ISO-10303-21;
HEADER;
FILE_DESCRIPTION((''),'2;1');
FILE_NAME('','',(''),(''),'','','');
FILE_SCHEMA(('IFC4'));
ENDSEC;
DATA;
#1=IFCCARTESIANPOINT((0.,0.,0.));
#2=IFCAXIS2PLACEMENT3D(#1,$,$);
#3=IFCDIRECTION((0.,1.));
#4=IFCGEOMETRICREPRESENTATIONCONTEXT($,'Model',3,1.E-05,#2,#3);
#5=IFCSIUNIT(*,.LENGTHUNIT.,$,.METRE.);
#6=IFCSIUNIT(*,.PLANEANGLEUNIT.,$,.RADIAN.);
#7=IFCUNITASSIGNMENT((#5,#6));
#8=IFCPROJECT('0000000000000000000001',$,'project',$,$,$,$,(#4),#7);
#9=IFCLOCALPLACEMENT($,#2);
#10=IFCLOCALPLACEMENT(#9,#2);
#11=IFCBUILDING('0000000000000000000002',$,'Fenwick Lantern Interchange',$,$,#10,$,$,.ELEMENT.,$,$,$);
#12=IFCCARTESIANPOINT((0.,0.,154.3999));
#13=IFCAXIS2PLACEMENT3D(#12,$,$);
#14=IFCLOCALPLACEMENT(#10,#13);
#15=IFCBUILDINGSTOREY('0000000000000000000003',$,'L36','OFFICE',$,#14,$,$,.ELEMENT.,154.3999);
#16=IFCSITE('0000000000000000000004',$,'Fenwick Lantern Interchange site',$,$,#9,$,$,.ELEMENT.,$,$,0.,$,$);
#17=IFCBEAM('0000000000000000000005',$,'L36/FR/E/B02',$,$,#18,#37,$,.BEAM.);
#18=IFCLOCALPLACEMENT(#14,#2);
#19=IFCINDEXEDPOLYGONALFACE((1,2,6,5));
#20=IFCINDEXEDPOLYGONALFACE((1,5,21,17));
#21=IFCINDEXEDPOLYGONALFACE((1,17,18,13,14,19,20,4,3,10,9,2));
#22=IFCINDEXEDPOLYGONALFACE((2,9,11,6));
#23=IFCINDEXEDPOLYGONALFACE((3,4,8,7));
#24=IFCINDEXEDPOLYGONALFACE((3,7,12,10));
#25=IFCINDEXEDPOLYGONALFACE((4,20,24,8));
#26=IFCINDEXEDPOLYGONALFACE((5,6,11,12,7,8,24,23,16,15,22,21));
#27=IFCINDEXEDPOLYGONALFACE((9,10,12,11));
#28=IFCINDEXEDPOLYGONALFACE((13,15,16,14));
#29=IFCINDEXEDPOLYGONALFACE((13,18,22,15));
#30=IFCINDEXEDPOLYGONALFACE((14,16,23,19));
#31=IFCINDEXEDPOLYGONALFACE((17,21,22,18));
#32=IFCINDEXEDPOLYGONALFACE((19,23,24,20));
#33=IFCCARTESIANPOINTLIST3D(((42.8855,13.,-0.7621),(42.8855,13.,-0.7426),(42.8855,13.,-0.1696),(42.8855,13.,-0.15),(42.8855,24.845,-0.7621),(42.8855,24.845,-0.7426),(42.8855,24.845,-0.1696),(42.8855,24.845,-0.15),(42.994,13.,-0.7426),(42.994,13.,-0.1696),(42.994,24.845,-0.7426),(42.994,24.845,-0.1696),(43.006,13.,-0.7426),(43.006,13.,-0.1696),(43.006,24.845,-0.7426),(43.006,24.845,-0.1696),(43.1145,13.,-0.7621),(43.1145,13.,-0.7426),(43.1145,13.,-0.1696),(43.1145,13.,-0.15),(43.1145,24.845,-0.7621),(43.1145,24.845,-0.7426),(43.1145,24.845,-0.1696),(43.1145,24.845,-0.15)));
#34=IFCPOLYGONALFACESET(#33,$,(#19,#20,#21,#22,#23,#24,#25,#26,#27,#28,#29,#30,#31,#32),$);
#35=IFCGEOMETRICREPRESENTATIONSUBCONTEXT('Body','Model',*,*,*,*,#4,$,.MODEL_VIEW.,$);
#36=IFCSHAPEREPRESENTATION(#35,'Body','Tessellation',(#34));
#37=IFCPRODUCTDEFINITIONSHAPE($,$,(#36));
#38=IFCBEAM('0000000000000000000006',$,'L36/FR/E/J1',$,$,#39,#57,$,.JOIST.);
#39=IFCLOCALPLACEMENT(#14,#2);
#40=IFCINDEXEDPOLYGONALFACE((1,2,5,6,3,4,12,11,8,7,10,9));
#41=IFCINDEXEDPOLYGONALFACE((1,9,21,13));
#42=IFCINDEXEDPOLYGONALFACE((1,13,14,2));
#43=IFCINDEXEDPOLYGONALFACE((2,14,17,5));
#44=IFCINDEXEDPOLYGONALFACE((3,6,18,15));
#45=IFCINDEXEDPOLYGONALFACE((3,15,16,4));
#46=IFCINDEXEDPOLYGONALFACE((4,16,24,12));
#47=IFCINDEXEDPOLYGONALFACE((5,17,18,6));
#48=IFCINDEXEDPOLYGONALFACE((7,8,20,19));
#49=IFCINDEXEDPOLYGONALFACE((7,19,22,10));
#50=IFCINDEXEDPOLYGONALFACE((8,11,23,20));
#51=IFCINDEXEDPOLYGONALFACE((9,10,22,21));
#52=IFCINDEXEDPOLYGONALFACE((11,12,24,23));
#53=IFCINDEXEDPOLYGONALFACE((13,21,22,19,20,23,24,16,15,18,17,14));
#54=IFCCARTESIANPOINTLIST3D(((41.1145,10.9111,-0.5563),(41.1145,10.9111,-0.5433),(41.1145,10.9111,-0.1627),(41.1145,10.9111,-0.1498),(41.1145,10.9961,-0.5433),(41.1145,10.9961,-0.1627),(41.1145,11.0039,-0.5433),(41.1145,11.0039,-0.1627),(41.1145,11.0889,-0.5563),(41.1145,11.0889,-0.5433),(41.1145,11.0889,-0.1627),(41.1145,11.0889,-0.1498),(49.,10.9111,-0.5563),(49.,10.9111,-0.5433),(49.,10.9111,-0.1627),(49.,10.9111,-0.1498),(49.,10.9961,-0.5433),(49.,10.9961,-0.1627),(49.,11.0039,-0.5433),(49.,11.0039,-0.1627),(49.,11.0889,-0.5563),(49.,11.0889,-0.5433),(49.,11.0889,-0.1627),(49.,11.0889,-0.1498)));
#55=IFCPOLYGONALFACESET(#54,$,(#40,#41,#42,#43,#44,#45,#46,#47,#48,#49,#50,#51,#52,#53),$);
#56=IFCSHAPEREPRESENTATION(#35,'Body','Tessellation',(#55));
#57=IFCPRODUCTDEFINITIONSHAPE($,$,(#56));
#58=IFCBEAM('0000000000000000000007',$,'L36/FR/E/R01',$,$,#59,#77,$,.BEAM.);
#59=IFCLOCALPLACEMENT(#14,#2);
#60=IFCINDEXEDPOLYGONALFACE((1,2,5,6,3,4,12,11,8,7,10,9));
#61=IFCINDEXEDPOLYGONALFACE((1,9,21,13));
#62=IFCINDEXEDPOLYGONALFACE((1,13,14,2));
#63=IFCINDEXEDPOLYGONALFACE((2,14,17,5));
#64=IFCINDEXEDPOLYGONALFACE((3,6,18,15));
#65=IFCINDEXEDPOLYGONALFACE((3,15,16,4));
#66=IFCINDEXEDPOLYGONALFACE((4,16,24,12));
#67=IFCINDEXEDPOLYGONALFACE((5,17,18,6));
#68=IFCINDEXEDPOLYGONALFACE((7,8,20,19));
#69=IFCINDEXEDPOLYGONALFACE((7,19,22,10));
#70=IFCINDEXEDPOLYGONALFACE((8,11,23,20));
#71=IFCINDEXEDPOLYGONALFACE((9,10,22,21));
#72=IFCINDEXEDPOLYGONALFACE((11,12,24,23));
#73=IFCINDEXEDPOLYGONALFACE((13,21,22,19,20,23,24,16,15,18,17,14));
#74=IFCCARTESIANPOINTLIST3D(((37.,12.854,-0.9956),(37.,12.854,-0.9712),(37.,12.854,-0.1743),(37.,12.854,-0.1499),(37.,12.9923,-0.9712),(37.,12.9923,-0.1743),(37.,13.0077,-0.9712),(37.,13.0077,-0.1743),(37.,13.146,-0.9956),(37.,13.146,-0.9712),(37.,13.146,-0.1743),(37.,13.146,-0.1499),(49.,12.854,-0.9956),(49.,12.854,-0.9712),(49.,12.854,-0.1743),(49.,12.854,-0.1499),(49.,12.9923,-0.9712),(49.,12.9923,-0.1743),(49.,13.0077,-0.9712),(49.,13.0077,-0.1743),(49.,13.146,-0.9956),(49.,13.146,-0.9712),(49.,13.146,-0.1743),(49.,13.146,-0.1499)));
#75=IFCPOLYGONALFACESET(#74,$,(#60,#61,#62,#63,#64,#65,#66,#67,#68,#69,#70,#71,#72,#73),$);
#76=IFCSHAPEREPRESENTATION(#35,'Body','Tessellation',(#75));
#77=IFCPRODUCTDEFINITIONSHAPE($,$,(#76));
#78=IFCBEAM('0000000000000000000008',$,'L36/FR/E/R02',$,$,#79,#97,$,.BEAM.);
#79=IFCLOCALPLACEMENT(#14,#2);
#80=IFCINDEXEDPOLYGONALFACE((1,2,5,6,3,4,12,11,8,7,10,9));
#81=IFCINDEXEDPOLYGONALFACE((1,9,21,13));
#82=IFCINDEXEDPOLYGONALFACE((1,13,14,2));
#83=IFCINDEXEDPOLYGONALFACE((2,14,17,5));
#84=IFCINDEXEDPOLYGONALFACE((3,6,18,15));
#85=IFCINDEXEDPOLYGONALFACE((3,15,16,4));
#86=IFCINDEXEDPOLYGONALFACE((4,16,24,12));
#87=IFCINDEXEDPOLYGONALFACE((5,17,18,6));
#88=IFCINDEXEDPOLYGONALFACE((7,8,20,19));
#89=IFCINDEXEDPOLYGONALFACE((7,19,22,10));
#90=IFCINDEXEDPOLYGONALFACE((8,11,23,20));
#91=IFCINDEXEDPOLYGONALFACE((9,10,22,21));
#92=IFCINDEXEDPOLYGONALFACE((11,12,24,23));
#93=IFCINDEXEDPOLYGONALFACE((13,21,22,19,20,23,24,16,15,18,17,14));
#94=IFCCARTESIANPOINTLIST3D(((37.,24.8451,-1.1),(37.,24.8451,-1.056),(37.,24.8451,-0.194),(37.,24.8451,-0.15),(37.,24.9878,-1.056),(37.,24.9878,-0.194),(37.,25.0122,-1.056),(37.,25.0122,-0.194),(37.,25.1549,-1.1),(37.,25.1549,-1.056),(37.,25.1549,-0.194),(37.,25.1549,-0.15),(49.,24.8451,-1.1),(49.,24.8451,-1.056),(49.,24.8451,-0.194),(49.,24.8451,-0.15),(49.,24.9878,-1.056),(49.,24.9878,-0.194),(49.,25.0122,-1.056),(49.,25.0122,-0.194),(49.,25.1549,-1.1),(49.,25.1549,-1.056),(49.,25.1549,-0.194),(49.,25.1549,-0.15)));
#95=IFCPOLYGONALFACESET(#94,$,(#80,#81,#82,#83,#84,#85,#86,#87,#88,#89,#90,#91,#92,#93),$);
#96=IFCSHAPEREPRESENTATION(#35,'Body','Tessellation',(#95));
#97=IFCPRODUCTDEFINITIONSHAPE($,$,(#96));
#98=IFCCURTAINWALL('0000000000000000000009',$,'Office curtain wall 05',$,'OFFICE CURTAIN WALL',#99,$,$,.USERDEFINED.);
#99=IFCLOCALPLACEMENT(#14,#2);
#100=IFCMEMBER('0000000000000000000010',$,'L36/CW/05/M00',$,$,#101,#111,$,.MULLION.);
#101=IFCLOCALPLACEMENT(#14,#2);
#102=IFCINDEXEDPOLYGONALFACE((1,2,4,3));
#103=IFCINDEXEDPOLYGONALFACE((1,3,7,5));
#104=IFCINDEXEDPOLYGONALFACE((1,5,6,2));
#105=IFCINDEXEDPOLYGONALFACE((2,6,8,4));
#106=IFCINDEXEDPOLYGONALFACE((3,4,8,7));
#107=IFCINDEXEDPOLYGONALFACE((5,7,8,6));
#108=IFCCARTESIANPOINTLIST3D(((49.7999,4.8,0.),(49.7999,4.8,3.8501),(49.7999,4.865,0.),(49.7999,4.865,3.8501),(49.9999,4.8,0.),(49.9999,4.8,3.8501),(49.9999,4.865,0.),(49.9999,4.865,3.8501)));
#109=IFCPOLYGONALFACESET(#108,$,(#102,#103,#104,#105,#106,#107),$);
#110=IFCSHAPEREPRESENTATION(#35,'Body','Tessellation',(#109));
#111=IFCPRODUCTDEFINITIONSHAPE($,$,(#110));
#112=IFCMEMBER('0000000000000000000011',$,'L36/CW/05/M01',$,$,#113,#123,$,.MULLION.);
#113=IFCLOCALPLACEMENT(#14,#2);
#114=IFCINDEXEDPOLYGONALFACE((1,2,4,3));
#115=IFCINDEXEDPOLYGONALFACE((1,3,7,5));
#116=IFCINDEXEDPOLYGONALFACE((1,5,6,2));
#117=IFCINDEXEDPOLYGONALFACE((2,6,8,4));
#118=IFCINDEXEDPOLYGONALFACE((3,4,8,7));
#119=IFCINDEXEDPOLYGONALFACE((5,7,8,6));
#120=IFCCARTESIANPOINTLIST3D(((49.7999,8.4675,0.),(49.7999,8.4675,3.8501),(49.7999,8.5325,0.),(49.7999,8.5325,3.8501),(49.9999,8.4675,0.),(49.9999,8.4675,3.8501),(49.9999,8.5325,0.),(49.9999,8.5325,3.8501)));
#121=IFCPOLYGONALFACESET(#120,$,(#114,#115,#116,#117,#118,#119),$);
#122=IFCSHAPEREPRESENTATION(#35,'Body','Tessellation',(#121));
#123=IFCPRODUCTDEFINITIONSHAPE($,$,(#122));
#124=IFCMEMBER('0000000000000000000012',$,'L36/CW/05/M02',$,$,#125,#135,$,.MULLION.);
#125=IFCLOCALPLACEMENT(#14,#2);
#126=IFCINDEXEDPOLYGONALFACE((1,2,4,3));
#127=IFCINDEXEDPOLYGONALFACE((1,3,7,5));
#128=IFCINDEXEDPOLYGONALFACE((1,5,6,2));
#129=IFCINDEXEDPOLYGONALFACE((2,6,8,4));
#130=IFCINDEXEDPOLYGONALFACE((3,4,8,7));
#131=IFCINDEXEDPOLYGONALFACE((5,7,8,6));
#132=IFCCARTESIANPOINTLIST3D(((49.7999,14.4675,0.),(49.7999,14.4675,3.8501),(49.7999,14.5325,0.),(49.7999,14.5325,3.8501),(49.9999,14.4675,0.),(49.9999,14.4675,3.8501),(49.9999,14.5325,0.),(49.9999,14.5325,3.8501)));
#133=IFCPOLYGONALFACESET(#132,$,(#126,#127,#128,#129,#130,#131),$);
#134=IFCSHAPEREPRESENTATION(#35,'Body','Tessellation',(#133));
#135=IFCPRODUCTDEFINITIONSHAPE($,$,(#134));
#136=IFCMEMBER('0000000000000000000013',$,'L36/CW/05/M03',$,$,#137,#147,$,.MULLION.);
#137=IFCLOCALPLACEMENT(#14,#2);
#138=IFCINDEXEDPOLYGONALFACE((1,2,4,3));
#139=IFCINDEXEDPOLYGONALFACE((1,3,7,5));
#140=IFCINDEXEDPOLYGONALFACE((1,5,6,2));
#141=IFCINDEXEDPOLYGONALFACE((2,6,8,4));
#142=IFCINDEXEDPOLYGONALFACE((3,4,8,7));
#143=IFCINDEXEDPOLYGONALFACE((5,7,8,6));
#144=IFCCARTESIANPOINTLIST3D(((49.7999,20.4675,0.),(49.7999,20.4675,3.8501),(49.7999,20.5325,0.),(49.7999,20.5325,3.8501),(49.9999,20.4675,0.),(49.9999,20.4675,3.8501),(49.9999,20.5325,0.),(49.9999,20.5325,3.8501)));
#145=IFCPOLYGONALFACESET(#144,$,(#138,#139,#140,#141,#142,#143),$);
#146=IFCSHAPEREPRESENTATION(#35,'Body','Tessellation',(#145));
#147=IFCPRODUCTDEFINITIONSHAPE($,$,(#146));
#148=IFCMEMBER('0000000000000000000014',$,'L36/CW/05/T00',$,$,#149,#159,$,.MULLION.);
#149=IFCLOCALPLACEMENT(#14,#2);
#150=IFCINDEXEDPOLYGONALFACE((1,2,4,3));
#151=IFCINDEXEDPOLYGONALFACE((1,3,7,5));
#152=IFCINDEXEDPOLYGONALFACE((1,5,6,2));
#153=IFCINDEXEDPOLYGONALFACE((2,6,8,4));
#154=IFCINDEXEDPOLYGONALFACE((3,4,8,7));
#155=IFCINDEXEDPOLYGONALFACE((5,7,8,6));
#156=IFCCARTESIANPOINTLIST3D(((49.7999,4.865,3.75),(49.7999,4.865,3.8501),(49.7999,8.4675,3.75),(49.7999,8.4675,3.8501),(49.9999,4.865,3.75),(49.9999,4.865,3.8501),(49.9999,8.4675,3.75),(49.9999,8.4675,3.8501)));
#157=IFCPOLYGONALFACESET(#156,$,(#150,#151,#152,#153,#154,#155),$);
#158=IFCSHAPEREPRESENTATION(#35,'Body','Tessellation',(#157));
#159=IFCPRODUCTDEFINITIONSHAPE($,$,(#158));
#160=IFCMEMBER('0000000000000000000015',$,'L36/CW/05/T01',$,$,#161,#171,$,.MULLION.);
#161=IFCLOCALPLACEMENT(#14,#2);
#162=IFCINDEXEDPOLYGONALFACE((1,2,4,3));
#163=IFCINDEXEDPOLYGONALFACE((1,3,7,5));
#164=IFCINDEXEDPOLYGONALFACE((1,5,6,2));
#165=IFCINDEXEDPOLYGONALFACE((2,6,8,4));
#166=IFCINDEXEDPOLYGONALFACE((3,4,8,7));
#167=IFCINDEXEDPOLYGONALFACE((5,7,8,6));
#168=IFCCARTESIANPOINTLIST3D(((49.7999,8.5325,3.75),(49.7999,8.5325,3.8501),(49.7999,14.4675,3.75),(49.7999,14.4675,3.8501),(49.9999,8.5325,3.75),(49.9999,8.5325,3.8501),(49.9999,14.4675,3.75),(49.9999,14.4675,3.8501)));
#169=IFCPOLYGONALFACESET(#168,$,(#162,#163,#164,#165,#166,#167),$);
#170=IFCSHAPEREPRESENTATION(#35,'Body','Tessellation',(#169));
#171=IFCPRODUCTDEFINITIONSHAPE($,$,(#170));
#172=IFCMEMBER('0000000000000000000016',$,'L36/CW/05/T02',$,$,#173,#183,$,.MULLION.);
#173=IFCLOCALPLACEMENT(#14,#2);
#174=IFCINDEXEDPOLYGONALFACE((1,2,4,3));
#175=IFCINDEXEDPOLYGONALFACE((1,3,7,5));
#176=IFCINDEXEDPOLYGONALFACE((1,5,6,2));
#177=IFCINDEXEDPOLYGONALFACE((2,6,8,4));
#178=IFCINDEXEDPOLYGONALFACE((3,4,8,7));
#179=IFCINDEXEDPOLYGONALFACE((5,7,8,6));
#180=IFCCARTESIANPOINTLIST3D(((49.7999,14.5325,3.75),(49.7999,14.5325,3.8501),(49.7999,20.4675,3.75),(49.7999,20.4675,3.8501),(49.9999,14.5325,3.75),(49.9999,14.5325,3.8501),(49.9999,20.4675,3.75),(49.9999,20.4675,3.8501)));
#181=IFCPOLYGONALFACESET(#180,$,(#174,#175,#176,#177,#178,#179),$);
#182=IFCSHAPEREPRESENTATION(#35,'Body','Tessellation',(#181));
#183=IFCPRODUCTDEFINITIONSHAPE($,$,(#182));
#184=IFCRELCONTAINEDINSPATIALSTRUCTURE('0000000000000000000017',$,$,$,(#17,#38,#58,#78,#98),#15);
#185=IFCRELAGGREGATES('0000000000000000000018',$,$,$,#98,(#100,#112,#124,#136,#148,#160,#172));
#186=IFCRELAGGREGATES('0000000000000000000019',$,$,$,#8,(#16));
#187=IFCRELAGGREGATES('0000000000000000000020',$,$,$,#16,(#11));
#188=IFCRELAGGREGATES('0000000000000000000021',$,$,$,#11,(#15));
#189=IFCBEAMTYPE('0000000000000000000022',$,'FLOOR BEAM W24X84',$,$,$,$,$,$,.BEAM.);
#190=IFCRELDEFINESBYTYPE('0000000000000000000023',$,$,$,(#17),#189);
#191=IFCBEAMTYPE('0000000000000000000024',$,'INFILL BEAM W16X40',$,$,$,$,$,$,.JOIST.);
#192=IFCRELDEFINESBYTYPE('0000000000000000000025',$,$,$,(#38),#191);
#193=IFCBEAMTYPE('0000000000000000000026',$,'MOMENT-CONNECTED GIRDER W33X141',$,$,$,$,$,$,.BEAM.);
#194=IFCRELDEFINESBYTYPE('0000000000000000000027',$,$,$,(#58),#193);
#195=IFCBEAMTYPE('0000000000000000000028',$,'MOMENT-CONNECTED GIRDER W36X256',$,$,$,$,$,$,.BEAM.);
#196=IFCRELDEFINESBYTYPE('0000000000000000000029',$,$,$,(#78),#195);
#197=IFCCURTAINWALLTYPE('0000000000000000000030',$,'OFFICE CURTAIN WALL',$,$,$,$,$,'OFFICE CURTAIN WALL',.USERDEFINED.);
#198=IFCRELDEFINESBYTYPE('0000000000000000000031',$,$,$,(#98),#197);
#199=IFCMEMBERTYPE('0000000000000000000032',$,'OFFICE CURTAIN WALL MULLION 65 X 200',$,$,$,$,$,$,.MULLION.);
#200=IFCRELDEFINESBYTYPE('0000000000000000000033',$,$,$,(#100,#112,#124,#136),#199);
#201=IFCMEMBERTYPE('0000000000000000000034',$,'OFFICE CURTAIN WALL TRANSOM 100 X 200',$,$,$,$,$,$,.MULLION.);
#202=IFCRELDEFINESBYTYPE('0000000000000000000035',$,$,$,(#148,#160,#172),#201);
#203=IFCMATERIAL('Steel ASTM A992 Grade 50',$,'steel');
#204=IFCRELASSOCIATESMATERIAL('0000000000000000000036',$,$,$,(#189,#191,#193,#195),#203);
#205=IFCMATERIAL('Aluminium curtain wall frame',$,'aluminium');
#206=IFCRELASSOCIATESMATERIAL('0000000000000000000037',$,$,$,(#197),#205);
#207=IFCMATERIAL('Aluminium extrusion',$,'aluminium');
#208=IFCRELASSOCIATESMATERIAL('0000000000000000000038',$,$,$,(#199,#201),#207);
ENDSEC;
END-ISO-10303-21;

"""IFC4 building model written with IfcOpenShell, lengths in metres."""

from ifc_helpers import new_model, si_unit, direction, frame, origin, origin_2d, place, context, subcontext, project, spatial, rectangle, i_section, extrude, material, material_profile, profile_set, type_object, element, aggregate, save


model = new_model("IFC4")

# Units and contexts
model_context = context("Model", 3, precision=1e-05, world=origin(), true_north=direction((0.0, 1.0)))
body_context = subcontext(model_context, "Body", "Model", "MODEL_VIEW")
ifc_project = project(units=[si_unit("LENGTHUNIT", "METRE"), si_unit("PLANEANGLEUNIT", "RADIAN")], contexts=[model_context])

# Site, building, storey
site_placement = place(None, origin())
site = spatial("IfcSite", under=ifc_project, at=site_placement, Name="Fenwick Lantern Interchange site", CompositionType="ELEMENT", RefElevation=0.0)
building_placement = place(site_placement, origin())
building = spatial("IfcBuilding", under=site, at=building_placement, Name="Fenwick Lantern Interchange", CompositionType="ELEMENT")
storey_placement = place(building_placement, frame((0.0, 0.0, 154.3999)))
storey = spatial("IfcBuildingStorey", under=building, at=storey_placement, Name="L36", Description="OFFICE", CompositionType="ELEMENT", Elevation=154.3999)

# Shared definitions
ifc_material_1 = material(Name="Steel ASTM A992 Grade 50", Category="steel")

# Beams
ifc_material_profile_1 = material_profile(ifc_material_1, i_section(OverallWidth=0.229, OverallDepth=0.6121, WebThickness=0.012, FlangeThickness=0.0195, at=origin_2d()), Name="W24X84")
ifc_profile_set_1 = profile_set([ifc_material_profile_1], Name="Steel ASTM A992 Grade 50")
beam_type_1 = type_object("IfcBeamType", Name="FLOOR BEAM W24X84", PredefinedType="BEAM", material=ifc_profile_set_1)
for number, where, z_axis, x_axis, name in (
    (1, (43.0, 13.0, -0.4561), (0.0, 1.0, 0.0), (-1.0, 0.0, 0.0), "L36/FR/E/B02"),
):
    element("IfcBeam", number, at=place(storey_placement, frame(where, z_axis=z_axis, x_axis=x_axis)), inside=storey, type_object=beam_type_1, Name=name, PredefinedType="BEAM", context=body_context, shape_type="SweptSolid", body=[
        extrude(i_section(OverallWidth=0.229, OverallDepth=0.6121, WebThickness=0.012, FlangeThickness=0.0195, at=origin_2d()), origin(), (0.0, 0.0, 1.0), 11.845),
    ])
ifc_material_profile_2 = material_profile(ifc_material_1, i_section(OverallWidth=0.1777, OverallDepth=0.4065, WebThickness=0.0078, FlangeThickness=0.0129, at=origin_2d()), Name="W16X40")
ifc_profile_set_2 = profile_set([ifc_material_profile_2], Name="Steel ASTM A992 Grade 50")
beam_type_2 = type_object("IfcBeamType", Name="INFILL BEAM W16X40", PredefinedType="JOIST", material=ifc_profile_set_2)
beam_1_placement = place(storey_placement, frame((49.0, 11.0, -0.353), z_axis=(-1.0, 0.0, 0.0), x_axis=(0.0, -1.0, 0.0)))
element("IfcBeam", 2, at=beam_1_placement, inside=storey, type_object=beam_type_2, Name="L36/FR/E/J1", PredefinedType="JOIST", context=body_context, shape_type="SweptSolid", body=[
    extrude(i_section(OverallWidth=0.1777, OverallDepth=0.4065, WebThickness=0.0078, FlangeThickness=0.0129, at=origin_2d()), origin(), (0.0, 0.0, 1.0), 7.8855),
])
ifc_material_profile_3 = material_profile(ifc_material_1, i_section(OverallWidth=0.292, OverallDepth=0.8457, WebThickness=0.0154, FlangeThickness=0.0244, at=origin_2d()), Name="W33X141")
ifc_profile_set_3 = profile_set([ifc_material_profile_3], Name="Steel ASTM A992 Grade 50")
beam_type_3 = type_object("IfcBeamType", Name="MOMENT-CONNECTED GIRDER W33X141", PredefinedType="BEAM", material=ifc_profile_set_3)
beam_2_placement = place(storey_placement, frame((49.0, 13.0, -0.5728), z_axis=(-1.0, 0.0, 0.0), x_axis=(0.0, -1.0, 0.0)))
element("IfcBeam", 3, at=beam_2_placement, inside=storey, type_object=beam_type_3, Name="L36/FR/E/R01", PredefinedType="BEAM", context=body_context, shape_type="SweptSolid", body=[
    extrude(i_section(OverallWidth=0.292, OverallDepth=0.8457, WebThickness=0.0154, FlangeThickness=0.0244, at=origin_2d()), origin(), (0.0, 0.0, 1.0), 12.0),
])
ifc_material_profile_4 = material_profile(ifc_material_1, i_section(OverallWidth=0.3098, OverallDepth=0.95, WebThickness=0.0244, FlangeThickness=0.0439, at=origin_2d()), Name="W36X256")
ifc_profile_set_4 = profile_set([ifc_material_profile_4], Name="Steel ASTM A992 Grade 50")
beam_type_4 = type_object("IfcBeamType", Name="MOMENT-CONNECTED GIRDER W36X256", PredefinedType="BEAM", material=ifc_profile_set_4)
beam_3_placement = place(storey_placement, frame((49.0, 25.0, -0.625), z_axis=(-1.0, 0.0, 0.0), x_axis=(0.0, -1.0, 0.0)))
element("IfcBeam", 4, at=beam_3_placement, inside=storey, type_object=beam_type_4, Name="L36/FR/E/R02", PredefinedType="BEAM", context=body_context, shape_type="SweptSolid", body=[
    extrude(i_section(OverallWidth=0.3098, OverallDepth=0.95, WebThickness=0.0244, FlangeThickness=0.0439, at=origin_2d()), origin(), (0.0, 0.0, 1.0), 12.0),
])

# Curtain wall, members
ifc_material_2 = material(Name="Aluminium curtain wall frame", Category="aluminium")
curtain_wall_type = type_object("IfcCurtainWallType", Name="OFFICE CURTAIN WALL", ElementType="OFFICE CURTAIN WALL", PredefinedType="USERDEFINED", material=ifc_material_2)
curtain_wall_placement = place(storey_placement, origin())
curtain_wall = element("IfcCurtainWall", 5, at=curtain_wall_placement, inside=storey, type_object=curtain_wall_type, Name="Office curtain wall 05", ObjectType="OFFICE CURTAIN WALL", PredefinedType="USERDEFINED")
ifc_material_3 = material(Name="Aluminium extrusion", Category="aluminium")
ifc_material_profile_5 = material_profile(ifc_material_3, rectangle(XDim=0.2, YDim=0.0649, at=origin_2d()), Name="OFFICE CURTAIN WALL MULLION 65 X 200")
ifc_profile_set_5 = profile_set([ifc_material_profile_5], Name="Aluminium extrusion")
member_type_1 = type_object("IfcMemberType", Name="OFFICE CURTAIN WALL MULLION 65 X 200", PredefinedType="MULLION", material=ifc_profile_set_5)
member_1_placement = place(storey_placement, frame((49.8999, 4.8325, 0.0), z_axis=(0.0, 0.0, 1.0), x_axis=(-1.0, 0.0, 0.0)))
member_1 = element("IfcMember", 6, at=member_1_placement, type_object=member_type_1, Name="L36/CW/05/M00", PredefinedType="MULLION", context=body_context, shape_type="SweptSolid", body=[
    extrude(rectangle(XDim=0.2, YDim=0.0649, at=origin_2d()), origin(), (0.0, 0.0, 1.0), 3.8501),
])
member_2_placement = place(storey_placement, frame((49.8999, 8.5, 0.0), z_axis=(0.0, 0.0, 1.0), x_axis=(-1.0, 0.0, 0.0)))
member_2 = element("IfcMember", 7, at=member_2_placement, type_object=member_type_1, Name="L36/CW/05/M01", PredefinedType="MULLION", context=body_context, shape_type="SweptSolid", body=[
    extrude(rectangle(XDim=0.2, YDim=0.0649, at=origin_2d()), origin(), (0.0, 0.0, 1.0), 3.8501),
])
member_3_placement = place(storey_placement, frame((49.8999, 14.5, 0.0), z_axis=(0.0, 0.0, 1.0), x_axis=(-1.0, 0.0, 0.0)))
member_3 = element("IfcMember", 8, at=member_3_placement, type_object=member_type_1, Name="L36/CW/05/M02", PredefinedType="MULLION", context=body_context, shape_type="SweptSolid", body=[
    extrude(rectangle(XDim=0.2, YDim=0.0649, at=origin_2d()), origin(), (0.0, 0.0, 1.0), 3.8501),
])
member_4_placement = place(storey_placement, frame((49.8999, 20.5, 0.0), z_axis=(0.0, 0.0, 1.0), x_axis=(-1.0, 0.0, 0.0)))
member_4 = element("IfcMember", 9, at=member_4_placement, type_object=member_type_1, Name="L36/CW/05/M03", PredefinedType="MULLION", context=body_context, shape_type="SweptSolid", body=[
    extrude(rectangle(XDim=0.2, YDim=0.0649, at=origin_2d()), origin(), (0.0, 0.0, 1.0), 3.8501),
])
ifc_material_profile_6 = material_profile(ifc_material_3, rectangle(XDim=0.2, YDim=0.1001, at=origin_2d()), Name="OFFICE CURTAIN WALL TRANSOM 100 X 200")
ifc_profile_set_6 = profile_set([ifc_material_profile_6], Name="Aluminium extrusion")
member_type_2 = type_object("IfcMemberType", Name="OFFICE CURTAIN WALL TRANSOM 100 X 200", PredefinedType="MULLION", material=ifc_profile_set_6)
member_5_placement = place(storey_placement, frame((49.8999, 4.865, 3.8), z_axis=(0.0, 1.0, 0.0), x_axis=(-1.0, 0.0, 0.0)))
member_5 = element("IfcMember", 10, at=member_5_placement, type_object=member_type_2, Name="L36/CW/05/T00", PredefinedType="MULLION", context=body_context, shape_type="SweptSolid", body=[
    extrude(rectangle(XDim=0.2, YDim=0.1001, at=origin_2d()), origin(), (0.0, 0.0, 1.0), 3.6025),
])
member_6_placement = place(storey_placement, frame((49.8999, 8.5325, 3.8), z_axis=(0.0, 1.0, 0.0), x_axis=(-1.0, 0.0, 0.0)))
member_6 = element("IfcMember", 11, at=member_6_placement, type_object=member_type_2, Name="L36/CW/05/T01", PredefinedType="MULLION", context=body_context, shape_type="SweptSolid", body=[
    extrude(rectangle(XDim=0.2, YDim=0.1001, at=origin_2d()), origin(), (0.0, 0.0, 1.0), 5.9351),
])
member_7_placement = place(storey_placement, frame((49.8999, 14.5325, 3.8), z_axis=(0.0, 1.0, 0.0), x_axis=(-1.0, 0.0, 0.0)))
member_7 = element("IfcMember", 12, at=member_7_placement, type_object=member_type_2, Name="L36/CW/05/T02", PredefinedType="MULLION", context=body_context, shape_type="SweptSolid", body=[
    extrude(rectangle(XDim=0.2, YDim=0.1001, at=origin_2d()), origin(), (0.0, 0.0, 1.0), 5.9351),
])
aggregate(curtain_wall, [member_1, member_2, member_3, member_4, member_5, member_6, member_7])

save(model, "model.ifc")
